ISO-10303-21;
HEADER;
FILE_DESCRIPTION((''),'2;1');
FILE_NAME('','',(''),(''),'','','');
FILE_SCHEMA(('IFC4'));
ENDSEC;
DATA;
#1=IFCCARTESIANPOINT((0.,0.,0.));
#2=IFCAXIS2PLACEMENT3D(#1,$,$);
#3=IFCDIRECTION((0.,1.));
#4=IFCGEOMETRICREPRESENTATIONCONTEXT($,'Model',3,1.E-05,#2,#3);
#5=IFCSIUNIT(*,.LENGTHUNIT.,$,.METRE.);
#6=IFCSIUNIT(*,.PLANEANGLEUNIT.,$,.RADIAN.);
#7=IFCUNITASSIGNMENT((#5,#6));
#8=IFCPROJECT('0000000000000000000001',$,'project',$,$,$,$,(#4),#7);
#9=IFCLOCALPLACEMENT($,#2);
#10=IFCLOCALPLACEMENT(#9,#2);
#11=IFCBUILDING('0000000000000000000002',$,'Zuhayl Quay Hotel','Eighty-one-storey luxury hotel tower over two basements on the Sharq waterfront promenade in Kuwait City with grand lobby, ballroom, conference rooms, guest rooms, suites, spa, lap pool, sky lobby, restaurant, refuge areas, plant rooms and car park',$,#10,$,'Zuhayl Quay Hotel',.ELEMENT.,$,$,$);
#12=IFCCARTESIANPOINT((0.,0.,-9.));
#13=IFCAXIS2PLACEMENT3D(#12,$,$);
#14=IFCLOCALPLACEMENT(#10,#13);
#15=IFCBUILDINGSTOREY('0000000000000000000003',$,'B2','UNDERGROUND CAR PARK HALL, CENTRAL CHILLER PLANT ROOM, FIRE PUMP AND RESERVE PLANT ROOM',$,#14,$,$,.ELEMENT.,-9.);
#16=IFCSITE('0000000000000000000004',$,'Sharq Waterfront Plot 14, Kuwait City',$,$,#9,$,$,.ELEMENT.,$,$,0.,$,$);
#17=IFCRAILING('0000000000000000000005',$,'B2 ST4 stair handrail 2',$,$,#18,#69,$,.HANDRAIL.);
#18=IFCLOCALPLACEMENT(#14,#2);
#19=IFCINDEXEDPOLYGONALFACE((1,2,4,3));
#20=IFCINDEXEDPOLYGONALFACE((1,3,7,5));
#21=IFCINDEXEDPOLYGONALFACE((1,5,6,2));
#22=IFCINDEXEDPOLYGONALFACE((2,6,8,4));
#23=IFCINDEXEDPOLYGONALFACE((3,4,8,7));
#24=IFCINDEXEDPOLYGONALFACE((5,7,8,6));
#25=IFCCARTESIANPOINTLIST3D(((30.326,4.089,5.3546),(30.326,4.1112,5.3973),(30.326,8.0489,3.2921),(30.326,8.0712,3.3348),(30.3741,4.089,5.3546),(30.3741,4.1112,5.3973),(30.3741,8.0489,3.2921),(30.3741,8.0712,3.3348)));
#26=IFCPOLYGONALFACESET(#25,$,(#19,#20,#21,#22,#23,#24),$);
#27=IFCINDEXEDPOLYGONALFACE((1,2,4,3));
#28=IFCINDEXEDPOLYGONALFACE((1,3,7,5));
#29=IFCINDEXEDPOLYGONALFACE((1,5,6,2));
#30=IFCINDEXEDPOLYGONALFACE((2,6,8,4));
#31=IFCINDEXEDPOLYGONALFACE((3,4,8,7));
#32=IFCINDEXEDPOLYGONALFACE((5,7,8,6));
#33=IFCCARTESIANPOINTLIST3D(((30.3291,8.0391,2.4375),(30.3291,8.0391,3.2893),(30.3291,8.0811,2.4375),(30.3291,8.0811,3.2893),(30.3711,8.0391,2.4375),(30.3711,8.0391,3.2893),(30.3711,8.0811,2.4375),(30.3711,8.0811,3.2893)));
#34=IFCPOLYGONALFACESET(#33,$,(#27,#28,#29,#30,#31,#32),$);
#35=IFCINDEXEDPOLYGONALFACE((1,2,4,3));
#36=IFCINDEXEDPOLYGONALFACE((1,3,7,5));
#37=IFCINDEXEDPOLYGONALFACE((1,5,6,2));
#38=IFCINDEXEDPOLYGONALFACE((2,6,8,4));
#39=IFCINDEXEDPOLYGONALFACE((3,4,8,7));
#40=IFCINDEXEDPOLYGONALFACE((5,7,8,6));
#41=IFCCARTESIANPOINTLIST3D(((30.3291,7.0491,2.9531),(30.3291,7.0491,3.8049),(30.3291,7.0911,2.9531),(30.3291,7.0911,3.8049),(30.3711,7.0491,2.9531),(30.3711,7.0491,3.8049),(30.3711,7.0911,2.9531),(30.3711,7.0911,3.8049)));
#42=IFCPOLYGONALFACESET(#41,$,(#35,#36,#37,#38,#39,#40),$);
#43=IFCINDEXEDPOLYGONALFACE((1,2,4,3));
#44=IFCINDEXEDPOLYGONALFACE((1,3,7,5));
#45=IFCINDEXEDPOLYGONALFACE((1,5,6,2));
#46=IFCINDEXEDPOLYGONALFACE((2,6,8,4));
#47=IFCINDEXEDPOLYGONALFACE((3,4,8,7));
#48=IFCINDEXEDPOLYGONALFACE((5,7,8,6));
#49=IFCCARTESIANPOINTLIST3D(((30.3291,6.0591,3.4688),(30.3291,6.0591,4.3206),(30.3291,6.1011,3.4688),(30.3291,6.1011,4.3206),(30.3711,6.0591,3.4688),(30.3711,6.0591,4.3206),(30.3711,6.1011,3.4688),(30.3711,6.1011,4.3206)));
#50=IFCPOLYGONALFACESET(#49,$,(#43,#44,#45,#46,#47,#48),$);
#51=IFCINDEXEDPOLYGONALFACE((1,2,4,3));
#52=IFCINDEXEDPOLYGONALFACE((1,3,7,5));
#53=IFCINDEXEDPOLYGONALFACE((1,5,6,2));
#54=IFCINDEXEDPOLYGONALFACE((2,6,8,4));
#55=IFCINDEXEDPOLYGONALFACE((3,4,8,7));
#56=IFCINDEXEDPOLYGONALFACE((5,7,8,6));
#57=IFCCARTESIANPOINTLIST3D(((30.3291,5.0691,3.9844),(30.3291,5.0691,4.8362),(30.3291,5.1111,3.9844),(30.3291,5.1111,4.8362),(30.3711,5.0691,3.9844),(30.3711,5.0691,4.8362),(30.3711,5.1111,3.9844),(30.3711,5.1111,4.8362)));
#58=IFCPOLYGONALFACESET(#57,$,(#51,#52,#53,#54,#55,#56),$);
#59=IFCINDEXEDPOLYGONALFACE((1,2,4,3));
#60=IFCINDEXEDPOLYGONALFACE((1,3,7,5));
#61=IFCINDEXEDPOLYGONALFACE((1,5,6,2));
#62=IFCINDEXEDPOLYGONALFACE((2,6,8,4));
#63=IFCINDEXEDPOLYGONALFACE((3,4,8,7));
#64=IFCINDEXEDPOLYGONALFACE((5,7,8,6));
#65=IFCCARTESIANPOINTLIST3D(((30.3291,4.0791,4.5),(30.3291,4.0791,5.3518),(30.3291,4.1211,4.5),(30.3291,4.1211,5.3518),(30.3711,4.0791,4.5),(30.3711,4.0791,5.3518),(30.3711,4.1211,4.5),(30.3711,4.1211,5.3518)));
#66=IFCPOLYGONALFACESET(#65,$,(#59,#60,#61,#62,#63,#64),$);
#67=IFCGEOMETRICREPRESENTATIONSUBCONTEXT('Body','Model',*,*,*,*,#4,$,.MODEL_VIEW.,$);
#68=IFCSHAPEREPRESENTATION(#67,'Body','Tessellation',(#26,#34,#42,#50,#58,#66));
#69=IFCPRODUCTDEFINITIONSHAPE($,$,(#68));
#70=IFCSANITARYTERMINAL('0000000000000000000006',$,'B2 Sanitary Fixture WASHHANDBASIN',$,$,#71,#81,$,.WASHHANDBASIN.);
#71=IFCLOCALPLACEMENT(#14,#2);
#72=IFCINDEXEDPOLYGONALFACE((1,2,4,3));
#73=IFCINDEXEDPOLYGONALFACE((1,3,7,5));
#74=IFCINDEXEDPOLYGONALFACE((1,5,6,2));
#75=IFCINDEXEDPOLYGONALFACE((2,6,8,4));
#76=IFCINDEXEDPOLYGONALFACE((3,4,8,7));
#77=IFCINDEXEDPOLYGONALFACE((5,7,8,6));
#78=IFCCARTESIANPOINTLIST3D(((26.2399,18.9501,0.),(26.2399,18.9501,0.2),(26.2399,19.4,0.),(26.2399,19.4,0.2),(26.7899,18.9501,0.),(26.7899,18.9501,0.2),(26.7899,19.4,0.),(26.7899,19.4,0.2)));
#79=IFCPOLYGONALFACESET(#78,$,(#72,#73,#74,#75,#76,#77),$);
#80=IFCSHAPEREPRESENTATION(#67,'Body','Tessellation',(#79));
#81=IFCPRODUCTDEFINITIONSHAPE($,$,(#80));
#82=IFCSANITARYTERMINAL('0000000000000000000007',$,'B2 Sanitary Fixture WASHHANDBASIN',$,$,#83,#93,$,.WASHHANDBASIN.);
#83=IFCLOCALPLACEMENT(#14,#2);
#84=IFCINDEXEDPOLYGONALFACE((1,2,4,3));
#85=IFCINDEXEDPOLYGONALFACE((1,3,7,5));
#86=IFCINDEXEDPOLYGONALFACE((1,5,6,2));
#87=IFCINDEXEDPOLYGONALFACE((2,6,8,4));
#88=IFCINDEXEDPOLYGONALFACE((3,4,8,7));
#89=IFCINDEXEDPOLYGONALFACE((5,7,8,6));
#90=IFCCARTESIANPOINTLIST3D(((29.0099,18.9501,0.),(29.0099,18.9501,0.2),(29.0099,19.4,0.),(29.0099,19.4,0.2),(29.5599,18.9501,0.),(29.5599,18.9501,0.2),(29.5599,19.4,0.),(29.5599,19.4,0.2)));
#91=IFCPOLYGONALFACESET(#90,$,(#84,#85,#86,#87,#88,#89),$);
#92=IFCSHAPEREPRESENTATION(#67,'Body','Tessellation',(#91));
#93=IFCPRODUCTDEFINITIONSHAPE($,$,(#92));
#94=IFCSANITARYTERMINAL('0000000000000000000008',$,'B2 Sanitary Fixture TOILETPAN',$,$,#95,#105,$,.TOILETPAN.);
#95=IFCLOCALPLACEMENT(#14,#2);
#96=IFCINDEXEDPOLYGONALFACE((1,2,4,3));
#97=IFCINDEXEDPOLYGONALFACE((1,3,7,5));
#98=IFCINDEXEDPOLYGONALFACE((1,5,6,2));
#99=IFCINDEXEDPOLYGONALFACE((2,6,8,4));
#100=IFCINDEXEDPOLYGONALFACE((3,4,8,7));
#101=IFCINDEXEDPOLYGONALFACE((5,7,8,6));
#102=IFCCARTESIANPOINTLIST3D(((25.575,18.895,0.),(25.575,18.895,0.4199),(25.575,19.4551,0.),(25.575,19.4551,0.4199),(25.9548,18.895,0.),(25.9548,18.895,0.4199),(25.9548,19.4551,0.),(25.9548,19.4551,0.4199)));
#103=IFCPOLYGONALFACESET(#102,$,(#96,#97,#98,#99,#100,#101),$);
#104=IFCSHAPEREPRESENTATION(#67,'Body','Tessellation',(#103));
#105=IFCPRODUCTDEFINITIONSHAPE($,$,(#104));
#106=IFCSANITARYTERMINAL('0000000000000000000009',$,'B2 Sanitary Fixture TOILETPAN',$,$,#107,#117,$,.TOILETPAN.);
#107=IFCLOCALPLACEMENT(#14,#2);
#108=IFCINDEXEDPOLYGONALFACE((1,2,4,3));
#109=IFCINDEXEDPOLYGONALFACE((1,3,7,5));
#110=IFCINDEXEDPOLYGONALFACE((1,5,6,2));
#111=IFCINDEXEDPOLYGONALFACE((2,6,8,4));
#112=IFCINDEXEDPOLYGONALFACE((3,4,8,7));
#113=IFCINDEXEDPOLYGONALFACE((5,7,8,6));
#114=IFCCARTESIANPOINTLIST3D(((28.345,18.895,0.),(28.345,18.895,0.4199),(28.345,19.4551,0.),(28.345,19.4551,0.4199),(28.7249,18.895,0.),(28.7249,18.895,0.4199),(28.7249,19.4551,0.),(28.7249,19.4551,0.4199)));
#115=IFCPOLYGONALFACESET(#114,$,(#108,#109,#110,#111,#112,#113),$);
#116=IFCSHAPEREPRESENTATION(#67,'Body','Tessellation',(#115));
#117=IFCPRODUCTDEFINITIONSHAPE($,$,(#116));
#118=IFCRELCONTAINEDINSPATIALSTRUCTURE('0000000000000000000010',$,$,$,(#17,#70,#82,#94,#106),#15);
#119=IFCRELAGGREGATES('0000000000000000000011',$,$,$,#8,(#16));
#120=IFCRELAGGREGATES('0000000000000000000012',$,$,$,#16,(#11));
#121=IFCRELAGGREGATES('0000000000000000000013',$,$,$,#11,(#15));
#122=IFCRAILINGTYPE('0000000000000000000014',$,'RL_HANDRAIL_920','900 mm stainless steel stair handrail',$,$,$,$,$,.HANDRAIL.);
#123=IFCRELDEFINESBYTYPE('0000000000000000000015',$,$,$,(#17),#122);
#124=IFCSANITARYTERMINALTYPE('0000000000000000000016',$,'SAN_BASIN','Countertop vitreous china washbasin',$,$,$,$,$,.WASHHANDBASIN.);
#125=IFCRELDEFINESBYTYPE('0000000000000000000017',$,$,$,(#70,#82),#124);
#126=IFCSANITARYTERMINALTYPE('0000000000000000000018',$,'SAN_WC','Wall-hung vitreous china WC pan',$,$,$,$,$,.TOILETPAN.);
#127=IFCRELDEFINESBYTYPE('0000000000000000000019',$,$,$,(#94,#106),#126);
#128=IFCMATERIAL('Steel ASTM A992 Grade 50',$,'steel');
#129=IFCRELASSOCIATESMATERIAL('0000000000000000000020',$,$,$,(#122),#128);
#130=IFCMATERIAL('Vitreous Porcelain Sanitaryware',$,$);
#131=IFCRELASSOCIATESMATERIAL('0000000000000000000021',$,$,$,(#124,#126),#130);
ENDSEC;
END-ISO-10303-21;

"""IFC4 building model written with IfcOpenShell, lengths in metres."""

from ifc_helpers import new_model, si_unit, direction, frame, origin, origin_2d, place, context, subcontext, project, spatial, rectangle, extrude, material, type_object, element, save


model = new_model("IFC4")

# Units and contexts
model_context = context("Model", 3, precision=1e-05, world=origin(), true_north=direction((0.0, 1.0)))
body_context = subcontext(model_context, "Body", "Model", "MODEL_VIEW")
ifc_project = project(units=[si_unit("LENGTHUNIT", "METRE"), si_unit("PLANEANGLEUNIT", "RADIAN")], contexts=[model_context])

# Site, building, storey
site_placement = place(None, origin())
site = spatial("IfcSite", under=ifc_project, at=site_placement, Name="Sharq Waterfront Plot 14, Kuwait City", CompositionType="ELEMENT", RefElevation=0.0)
building_placement = place(site_placement, origin())
building = spatial("IfcBuilding", under=site, at=building_placement, Name="Zuhayl Quay Hotel", Description="Eighty-one-storey luxury hotel tower over two basements on the Sharq waterfront promenade in Kuwait City with grand lobby, ballroom, conference rooms, guest rooms, suites, spa, lap pool, sky lobby, restaurant, refuge areas, plant rooms and car park", LongName="Zuhayl Quay Hotel", CompositionType="ELEMENT")
storey_placement = place(building_placement, frame((0.0, 0.0, -9.0)))
storey = spatial("IfcBuildingStorey", under=building, at=storey_placement, Name="B2", Description="UNDERGROUND CAR PARK HALL, CENTRAL CHILLER PLANT ROOM, FIRE PUMP AND RESERVE PLANT ROOM", CompositionType="ELEMENT", Elevation=-9.0)

# Shared definitions
ifc_material_1 = material(Name="Steel ASTM A992 Grade 50", Category="steel")

# Railing
railing_type_1 = type_object("IfcRailingType", Name="RL_HANDRAIL_920", Description="900 mm stainless steel stair handrail", PredefinedType="HANDRAIL", material=ifc_material_1)
railing_1_placement = place(storey_placement, frame((30.3501, 8.0601, 2.4375)))
element("IfcRailing", 1, at=railing_1_placement, inside=storey, type_object=railing_type_1, Name="B2 ST4 stair handrail 2", PredefinedType="HANDRAIL", context=body_context, shape_type="SweptSolid", body=[
    extrude(rectangle(XDim=0.0481, YDim=0.0481, at=origin_2d()), frame((0.0, 0.0, 0.876), z_axis=(0.0, -0.886912, 0.461938), x_axis=(1.0, 0.0, 0.0)), (0.0, 0.0, 1.0), 4.4648),
    extrude(rectangle(XDim=0.042, YDim=0.042, at=origin_2d()), origin(), (0.0, 0.0, 1.0), 0.8518),
    extrude(rectangle(XDim=0.042, YDim=0.042, at=origin_2d()), frame((0.0, -0.99, 0.5156)), (0.0, 0.0, 1.0), 0.8518),
    extrude(rectangle(XDim=0.042, YDim=0.042, at=origin_2d()), frame((0.0, -1.98, 1.0312)), (0.0, 0.0, 1.0), 0.8518),
    extrude(rectangle(XDim=0.042, YDim=0.042, at=origin_2d()), frame((0.0, -2.97, 1.5469)), (0.0, 0.0, 1.0), 0.8518),
    extrude(rectangle(XDim=0.042, YDim=0.042, at=origin_2d()), frame((0.0, -3.96, 2.0625)), (0.0, 0.0, 1.0), 0.8518),
])

# Sanitary terminals
ifc_material_2 = material(Name="Vitreous Porcelain Sanitaryware")
sanitary_terminal_type_1 = type_object("IfcSanitaryTerminalType", Name="SAN_BASIN", Description="Countertop vitreous china washbasin", PredefinedType="WASHHANDBASIN", material=ifc_material_2)
for number, where, z_axis, x_axis, name in (
    (2, (26.5149, 19.175, 0.0), (0.0, 0.0, 1.0), (1.0, 0.0, 0.0), "B2 Sanitary Fixture WASHHANDBASIN"),
    (3, (29.2849, 19.175, 0.0), (0.0, 0.0, 1.0), (1.0, 0.0, 0.0), "B2 Sanitary Fixture WASHHANDBASIN"),
):
    element("IfcSanitaryTerminal", number, at=place(storey_placement, frame(where, z_axis=z_axis, x_axis=x_axis)), inside=storey, type_object=sanitary_terminal_type_1, Name=name, PredefinedType="WASHHANDBASIN", context=body_context, shape_type="SweptSolid", body=[
        extrude(rectangle(XDim=0.55, YDim=0.45, at=origin_2d()), origin(), (0.0, 0.0, 1.0), 0.2),
    ])
sanitary_terminal_type_2 = type_object("IfcSanitaryTerminalType", Name="SAN_WC", Description="Wall-hung vitreous china WC pan", PredefinedType="TOILETPAN", material=ifc_material_2)
for number, where, z_axis, x_axis, name in (
    (4, (25.7649, 19.175, 0.0), (0.0, 0.0, 1.0), (1.0, 0.0, 0.0), "B2 Sanitary Fixture TOILETPAN"),
    (5, (28.5349, 19.175, 0.0), (0.0, 0.0, 1.0), (1.0, 0.0, 0.0), "B2 Sanitary Fixture TOILETPAN"),
):
    element("IfcSanitaryTerminal", number, at=place(storey_placement, frame(where, z_axis=z_axis, x_axis=x_axis)), inside=storey, type_object=sanitary_terminal_type_2, Name=name, PredefinedType="TOILETPAN", context=body_context, shape_type="SweptSolid", body=[
        extrude(rectangle(XDim=0.3799, YDim=0.5601, at=origin_2d()), origin(), (0.0, 0.0, 1.0), 0.4199),
    ])

save(model, "model.ifc")
